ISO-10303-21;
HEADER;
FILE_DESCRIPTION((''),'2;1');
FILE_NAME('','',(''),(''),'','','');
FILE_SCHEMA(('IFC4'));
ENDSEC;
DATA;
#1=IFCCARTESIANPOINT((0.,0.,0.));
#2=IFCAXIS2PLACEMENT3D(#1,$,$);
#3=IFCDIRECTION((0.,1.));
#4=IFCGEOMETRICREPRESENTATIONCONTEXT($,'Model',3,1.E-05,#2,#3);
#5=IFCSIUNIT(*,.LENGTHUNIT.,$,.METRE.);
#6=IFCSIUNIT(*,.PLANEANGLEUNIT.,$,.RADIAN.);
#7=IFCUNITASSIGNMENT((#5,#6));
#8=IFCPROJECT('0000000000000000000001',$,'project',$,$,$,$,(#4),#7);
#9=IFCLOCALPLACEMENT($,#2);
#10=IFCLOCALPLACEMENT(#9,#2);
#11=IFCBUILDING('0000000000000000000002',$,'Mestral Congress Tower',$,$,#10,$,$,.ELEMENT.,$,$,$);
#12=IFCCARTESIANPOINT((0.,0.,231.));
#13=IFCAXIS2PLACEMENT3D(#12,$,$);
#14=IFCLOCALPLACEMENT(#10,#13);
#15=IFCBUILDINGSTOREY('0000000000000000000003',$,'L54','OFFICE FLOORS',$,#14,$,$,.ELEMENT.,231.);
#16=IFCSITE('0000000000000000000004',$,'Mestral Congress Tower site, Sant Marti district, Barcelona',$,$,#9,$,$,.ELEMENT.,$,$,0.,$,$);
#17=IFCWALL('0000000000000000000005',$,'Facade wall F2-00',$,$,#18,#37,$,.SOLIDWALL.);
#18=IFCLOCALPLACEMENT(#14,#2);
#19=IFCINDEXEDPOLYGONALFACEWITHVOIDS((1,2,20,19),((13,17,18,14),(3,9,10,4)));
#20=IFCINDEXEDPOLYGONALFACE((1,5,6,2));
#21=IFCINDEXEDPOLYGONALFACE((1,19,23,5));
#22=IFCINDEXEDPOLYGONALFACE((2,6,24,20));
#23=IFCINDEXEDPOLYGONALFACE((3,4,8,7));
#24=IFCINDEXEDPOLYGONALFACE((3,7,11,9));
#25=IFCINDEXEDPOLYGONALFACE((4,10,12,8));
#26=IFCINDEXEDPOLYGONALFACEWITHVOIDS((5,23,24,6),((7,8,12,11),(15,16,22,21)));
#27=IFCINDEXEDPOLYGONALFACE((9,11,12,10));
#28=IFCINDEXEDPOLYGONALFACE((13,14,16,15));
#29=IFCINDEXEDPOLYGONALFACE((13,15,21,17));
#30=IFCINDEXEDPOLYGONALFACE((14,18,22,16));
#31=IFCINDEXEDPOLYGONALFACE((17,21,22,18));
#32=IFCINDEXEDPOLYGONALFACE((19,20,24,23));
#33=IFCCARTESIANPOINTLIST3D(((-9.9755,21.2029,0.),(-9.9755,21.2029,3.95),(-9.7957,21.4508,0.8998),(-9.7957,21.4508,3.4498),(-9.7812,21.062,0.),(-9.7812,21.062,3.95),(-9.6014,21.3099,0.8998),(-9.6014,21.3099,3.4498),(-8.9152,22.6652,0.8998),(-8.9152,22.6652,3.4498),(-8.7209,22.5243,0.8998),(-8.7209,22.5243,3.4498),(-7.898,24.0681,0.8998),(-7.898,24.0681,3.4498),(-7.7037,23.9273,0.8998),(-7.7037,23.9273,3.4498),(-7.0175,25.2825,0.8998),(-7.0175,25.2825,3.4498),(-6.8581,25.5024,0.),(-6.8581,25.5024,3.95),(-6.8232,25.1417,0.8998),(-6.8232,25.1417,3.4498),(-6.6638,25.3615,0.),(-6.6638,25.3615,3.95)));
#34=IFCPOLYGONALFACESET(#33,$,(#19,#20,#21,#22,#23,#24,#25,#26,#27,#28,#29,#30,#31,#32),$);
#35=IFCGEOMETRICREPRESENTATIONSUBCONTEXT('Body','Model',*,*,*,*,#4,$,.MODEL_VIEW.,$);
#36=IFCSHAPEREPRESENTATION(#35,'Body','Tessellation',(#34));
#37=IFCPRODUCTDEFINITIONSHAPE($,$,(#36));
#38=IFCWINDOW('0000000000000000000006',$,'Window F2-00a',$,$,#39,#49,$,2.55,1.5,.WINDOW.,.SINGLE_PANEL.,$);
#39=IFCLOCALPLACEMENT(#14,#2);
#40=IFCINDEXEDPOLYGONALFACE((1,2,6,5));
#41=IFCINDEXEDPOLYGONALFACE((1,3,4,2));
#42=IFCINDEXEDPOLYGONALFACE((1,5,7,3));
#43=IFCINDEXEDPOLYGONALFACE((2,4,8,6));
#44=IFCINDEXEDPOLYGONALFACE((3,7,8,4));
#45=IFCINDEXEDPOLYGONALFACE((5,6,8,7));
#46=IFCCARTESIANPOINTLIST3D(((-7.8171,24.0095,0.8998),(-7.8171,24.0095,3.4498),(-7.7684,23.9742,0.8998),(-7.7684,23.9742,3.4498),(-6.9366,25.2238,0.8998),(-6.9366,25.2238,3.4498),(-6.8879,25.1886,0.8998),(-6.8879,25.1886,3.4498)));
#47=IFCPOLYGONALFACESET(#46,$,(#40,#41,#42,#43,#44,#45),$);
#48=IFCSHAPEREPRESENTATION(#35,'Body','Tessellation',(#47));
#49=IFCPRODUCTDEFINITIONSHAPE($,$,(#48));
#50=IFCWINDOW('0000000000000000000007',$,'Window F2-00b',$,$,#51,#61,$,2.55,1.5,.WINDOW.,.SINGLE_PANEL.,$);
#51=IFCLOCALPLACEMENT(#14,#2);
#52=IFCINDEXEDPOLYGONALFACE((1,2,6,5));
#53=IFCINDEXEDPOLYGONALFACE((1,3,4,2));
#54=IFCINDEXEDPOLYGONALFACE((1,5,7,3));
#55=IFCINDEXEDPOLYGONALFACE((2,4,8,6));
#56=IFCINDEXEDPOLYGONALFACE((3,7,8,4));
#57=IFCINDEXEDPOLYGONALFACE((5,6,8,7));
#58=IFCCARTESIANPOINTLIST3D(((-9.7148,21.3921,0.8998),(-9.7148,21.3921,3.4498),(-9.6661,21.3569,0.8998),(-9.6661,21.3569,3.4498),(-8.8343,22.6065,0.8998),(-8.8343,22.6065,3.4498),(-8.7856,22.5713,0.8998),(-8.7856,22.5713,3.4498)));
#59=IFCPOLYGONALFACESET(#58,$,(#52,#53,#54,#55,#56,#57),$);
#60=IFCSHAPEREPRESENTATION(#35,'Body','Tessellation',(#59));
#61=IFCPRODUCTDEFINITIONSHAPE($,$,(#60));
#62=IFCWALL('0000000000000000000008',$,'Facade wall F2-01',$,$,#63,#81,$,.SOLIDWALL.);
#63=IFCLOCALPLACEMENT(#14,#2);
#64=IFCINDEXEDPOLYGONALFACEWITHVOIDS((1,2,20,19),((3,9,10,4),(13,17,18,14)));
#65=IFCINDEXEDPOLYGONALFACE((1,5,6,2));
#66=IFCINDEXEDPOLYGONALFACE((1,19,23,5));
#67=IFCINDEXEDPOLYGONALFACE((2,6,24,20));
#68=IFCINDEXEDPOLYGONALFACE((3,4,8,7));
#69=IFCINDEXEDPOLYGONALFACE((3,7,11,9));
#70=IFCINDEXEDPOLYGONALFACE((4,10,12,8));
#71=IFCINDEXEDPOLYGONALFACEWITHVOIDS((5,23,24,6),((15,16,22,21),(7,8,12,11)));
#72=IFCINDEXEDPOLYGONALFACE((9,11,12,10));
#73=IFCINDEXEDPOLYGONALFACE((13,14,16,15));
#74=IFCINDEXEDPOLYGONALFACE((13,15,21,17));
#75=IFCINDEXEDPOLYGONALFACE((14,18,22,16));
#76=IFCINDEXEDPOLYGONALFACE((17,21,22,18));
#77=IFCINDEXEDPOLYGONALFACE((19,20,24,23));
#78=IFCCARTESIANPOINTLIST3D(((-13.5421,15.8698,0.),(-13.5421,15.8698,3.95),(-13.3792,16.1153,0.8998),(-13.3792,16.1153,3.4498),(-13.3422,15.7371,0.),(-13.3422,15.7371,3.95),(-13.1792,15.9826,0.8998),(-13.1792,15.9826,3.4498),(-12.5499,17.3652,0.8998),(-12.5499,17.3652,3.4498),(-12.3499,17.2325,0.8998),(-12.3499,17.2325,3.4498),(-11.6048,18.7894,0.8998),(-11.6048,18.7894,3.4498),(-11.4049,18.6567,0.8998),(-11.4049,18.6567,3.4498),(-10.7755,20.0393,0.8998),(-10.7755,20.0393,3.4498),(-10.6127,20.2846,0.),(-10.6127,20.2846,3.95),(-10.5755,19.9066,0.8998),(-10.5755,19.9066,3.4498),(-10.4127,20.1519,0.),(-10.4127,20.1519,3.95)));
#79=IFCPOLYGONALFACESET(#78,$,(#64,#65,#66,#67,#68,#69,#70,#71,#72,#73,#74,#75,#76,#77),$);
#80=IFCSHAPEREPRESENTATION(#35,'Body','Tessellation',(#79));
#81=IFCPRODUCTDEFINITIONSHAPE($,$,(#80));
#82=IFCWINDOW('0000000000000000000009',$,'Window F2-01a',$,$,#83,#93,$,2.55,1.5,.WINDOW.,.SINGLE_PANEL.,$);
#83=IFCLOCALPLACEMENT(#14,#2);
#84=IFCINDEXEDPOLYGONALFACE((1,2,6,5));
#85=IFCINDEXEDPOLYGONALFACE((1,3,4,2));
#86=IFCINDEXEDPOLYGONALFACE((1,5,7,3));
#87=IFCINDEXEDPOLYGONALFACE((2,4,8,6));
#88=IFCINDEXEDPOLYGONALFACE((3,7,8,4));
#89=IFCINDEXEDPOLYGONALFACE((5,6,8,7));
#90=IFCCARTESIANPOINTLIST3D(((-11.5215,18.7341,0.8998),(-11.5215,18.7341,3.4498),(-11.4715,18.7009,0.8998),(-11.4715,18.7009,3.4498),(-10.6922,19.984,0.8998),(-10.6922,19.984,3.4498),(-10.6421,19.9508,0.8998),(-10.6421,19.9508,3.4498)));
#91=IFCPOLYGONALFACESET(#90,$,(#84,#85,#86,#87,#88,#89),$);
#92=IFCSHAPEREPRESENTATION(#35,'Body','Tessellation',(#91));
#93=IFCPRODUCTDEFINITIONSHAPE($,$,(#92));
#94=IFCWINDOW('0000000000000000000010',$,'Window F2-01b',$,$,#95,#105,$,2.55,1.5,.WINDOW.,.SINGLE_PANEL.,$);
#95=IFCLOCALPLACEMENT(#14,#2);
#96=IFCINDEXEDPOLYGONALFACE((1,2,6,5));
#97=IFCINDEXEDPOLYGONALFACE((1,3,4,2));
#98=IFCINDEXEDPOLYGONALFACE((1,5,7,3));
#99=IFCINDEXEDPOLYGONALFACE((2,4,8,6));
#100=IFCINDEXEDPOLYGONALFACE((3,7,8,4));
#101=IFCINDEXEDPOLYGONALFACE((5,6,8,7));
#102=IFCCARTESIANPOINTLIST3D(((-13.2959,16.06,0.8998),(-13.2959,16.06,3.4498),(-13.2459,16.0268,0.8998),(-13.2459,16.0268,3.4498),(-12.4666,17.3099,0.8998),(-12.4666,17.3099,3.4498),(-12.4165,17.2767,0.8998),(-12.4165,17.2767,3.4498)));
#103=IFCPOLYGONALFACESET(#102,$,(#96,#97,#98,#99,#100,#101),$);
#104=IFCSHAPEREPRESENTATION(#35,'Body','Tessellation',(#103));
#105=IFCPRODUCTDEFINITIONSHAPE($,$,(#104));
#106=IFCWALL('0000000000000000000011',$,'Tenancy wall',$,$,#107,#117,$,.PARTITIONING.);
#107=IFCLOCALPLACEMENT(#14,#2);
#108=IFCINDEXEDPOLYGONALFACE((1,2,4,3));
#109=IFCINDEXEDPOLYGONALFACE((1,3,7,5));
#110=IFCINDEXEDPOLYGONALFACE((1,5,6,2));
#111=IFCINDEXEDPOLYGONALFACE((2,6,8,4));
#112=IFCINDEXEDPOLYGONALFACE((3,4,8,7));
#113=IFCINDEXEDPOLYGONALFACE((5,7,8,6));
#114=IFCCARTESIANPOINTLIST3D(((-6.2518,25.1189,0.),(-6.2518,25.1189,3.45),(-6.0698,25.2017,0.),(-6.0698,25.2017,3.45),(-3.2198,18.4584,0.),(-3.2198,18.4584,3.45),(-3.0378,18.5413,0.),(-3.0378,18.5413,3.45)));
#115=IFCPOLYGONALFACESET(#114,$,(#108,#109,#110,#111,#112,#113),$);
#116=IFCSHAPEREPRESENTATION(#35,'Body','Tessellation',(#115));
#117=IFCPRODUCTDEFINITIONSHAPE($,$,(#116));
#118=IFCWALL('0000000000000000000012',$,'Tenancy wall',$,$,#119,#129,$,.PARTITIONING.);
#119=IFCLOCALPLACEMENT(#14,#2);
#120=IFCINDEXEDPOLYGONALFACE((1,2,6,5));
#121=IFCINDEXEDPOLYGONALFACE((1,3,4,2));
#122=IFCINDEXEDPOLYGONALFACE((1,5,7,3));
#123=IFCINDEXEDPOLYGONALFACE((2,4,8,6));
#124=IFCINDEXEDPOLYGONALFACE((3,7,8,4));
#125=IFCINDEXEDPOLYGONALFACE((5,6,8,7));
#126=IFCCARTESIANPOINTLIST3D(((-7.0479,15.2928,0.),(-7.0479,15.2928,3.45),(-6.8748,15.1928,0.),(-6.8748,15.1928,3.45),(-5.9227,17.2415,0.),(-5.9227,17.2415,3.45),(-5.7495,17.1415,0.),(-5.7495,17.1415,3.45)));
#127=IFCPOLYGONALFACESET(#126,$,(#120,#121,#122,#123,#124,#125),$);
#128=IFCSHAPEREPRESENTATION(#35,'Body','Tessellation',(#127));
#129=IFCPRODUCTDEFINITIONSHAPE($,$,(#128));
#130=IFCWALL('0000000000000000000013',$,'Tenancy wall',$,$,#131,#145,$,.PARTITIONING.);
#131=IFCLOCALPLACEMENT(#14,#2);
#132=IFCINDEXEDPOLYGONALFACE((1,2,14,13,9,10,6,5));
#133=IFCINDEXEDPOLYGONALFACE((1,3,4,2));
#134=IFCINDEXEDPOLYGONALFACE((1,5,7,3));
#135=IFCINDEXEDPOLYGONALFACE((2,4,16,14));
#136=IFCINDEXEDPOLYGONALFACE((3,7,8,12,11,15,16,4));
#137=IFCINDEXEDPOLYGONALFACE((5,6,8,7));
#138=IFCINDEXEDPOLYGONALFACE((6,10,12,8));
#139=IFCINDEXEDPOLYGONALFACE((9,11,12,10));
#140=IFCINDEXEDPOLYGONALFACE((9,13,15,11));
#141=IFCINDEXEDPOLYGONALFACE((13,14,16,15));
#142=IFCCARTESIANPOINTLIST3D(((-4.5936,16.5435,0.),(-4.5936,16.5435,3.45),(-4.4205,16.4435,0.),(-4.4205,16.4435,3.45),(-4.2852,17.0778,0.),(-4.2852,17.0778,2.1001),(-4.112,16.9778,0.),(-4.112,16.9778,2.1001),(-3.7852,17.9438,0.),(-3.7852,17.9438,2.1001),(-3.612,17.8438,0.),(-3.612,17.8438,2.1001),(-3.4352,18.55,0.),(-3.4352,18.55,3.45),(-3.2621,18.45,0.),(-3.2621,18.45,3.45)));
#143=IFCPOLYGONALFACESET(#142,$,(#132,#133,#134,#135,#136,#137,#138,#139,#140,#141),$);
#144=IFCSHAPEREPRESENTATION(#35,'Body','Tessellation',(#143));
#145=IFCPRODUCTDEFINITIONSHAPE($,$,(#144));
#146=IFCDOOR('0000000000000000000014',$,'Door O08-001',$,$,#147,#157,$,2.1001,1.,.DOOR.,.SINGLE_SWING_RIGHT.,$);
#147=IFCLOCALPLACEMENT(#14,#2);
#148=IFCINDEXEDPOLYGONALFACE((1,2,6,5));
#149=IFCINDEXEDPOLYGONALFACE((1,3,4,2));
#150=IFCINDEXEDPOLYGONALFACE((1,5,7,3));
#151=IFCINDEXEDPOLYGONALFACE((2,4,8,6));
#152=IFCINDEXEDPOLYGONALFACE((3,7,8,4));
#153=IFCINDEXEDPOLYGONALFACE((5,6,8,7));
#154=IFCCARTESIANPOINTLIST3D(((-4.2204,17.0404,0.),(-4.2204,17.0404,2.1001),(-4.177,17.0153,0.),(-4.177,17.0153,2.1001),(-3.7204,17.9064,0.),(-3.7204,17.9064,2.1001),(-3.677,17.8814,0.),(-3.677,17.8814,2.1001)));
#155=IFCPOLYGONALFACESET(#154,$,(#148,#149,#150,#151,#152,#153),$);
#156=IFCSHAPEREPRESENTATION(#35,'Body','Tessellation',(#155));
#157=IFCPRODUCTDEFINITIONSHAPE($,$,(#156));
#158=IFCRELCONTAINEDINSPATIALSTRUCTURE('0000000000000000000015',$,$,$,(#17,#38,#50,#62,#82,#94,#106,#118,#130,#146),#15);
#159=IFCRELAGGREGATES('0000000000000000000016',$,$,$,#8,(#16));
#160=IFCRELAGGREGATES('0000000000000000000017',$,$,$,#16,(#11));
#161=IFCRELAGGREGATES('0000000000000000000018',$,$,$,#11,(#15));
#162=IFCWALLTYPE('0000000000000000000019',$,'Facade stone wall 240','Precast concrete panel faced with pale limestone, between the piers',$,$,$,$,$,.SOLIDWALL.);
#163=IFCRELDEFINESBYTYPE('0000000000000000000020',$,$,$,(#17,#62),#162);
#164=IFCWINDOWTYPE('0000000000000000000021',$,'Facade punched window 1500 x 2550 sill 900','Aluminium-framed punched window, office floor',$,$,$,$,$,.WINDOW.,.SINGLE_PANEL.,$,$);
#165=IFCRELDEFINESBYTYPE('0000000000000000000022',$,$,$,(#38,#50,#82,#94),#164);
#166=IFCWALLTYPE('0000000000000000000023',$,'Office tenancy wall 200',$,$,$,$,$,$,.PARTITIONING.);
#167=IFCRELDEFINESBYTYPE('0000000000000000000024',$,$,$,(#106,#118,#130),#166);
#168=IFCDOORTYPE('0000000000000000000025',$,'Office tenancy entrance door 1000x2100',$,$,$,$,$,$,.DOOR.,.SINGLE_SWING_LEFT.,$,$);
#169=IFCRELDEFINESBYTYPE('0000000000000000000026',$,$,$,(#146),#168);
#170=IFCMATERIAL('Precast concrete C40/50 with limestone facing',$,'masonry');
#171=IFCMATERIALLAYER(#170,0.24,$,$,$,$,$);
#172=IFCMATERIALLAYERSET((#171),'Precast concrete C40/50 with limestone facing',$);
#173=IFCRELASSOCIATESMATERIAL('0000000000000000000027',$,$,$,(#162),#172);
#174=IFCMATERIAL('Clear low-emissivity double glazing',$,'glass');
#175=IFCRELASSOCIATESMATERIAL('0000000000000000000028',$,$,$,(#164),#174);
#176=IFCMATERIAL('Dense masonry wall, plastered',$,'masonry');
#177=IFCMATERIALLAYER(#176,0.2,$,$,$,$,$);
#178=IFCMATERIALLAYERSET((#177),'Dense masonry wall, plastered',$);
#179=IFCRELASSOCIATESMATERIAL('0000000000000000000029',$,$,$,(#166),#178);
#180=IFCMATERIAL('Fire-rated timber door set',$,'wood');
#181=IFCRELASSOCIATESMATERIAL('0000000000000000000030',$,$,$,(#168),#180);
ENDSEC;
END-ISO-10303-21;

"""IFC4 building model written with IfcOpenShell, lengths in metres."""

from ifc_helpers import new_model, si_unit, direction, frame, frame_2d, origin, place, context, subcontext, project, spatial, rectangle, extrude, material, layer, layer_set, type_object, element, fill, save


model = new_model("IFC4")

# Units and contexts
model_context = context("Model", 3, precision=1e-05, world=origin(), true_north=direction((0.0, 1.0)))
body_context = subcontext(model_context, "Body", "Model", "MODEL_VIEW")
ifc_project = project(units=[si_unit("LENGTHUNIT", "METRE"), si_unit("PLANEANGLEUNIT", "RADIAN")], contexts=[model_context])

# Site, building, storey
site_placement = place(None, origin())
site = spatial("IfcSite", under=ifc_project, at=site_placement, Name="Mestral Congress Tower site, Sant Marti district, Barcelona", CompositionType="ELEMENT", RefElevation=0.0)
building_placement = place(site_placement, origin())
building = spatial("IfcBuilding", under=site, at=building_placement, Name="Mestral Congress Tower", CompositionType="ELEMENT")
storey_placement = place(building_placement, frame((0.0, 0.0, 231.0)))
storey = spatial("IfcBuildingStorey", under=building, at=storey_placement, Name="L54", Description="OFFICE FLOORS", CompositionType="ELEMENT", Elevation=231.0)

# Shared definitions
ifc_material_1 = material(Name="Precast concrete C40/50 with limestone facing", Category="masonry")
ifc_layer_1 = layer(ifc_material_1, 0.24)
ifc_layer_set_1 = layer_set([ifc_layer_1], Name="Precast concrete C40/50 with limestone facing")
wall_type_1 = type_object("IfcWallType", Name="Facade stone wall 240", Description="Precast concrete panel faced with pale limestone, between the piers", PredefinedType="SOLIDWALL", material=ifc_layer_set_1)
ifc_material_2 = material(Name="Clear low-emissivity double glazing", Category="glass")

# Walls, openings, windows
wall_1_placement = place(storey_placement, frame((-6.761, 25.4319, 0.0), z_axis=(0.0, 0.0, 1.0), x_axis=(-0.586998, -0.809588, 0.0)))
wall_1 = element("IfcWall", 1, at=wall_1_placement, inside=storey, type_object=wall_type_1, Name="Facade wall F2-00", PredefinedType="SOLIDWALL", context=body_context, shape_type="SweptSolid", body=[
    extrude(rectangle(XDim=5.3108, YDim=0.24, at=frame_2d((2.6553, 0.0))), origin(), (0.0, 0.0, 1.0), 3.95),
])
opening_1_placement = place(wall_1_placement, frame((0.2715, 0.0, 0.8999)))
opening_1 = element("IfcOpeningElement", 2, at=opening_1_placement, cuts=wall_1, PredefinedType="OPENING", context=body_context, shape_type="SweptSolid", body=[
    extrude(rectangle(XDim=1.5, YDim=2.55, at=frame_2d((0.75, 1.2749))), frame((0.0, 0.1299, 0.0), z_axis=(0.0, -1.0, 0.0), x_axis=(1.0, 0.0, 0.0)), (0.0, 0.0, 1.0), 0.26),
])
opening_2_placement = place(wall_1_placement, frame((3.5044, 0.0, 0.8999)))
opening_2 = element("IfcOpeningElement", 3, at=opening_2_placement, cuts=wall_1, PredefinedType="OPENING", context=body_context, shape_type="SweptSolid", body=[
    extrude(rectangle(XDim=1.5, YDim=2.55, at=frame_2d((0.75, 1.2749))), frame((0.0, 0.1299, 0.0), z_axis=(0.0, -1.0, 0.0), x_axis=(1.0, 0.0, 0.0)), (0.0, 0.0, 1.0), 0.26),
])
window_type_1 = type_object("IfcWindowType", Name="Facade punched window 1500 x 2550 sill 900", Description="Aluminium-framed punched window, office floor", PartitioningType="SINGLE_PANEL", PredefinedType="WINDOW", material=ifc_material_2)
window_1_placement = place(opening_1_placement, origin())
window_1 = element("IfcWindow", 4, at=window_1_placement, inside=storey, type_object=window_type_1, Name="Window F2-00a", OverallHeight=2.55, OverallWidth=1.5, PartitioningType="SINGLE_PANEL", PredefinedType="WINDOW", context=body_context, shape_type="SweptSolid", body=[
    extrude(rectangle(XDim=1.5, YDim=2.55, at=frame_2d((0.75, 1.2749))), frame((0.0, 0.04, 0.0), z_axis=(0.0, -1.0, 0.0), x_axis=(1.0, 0.0, 0.0)), (0.0, 0.0, 1.0), 0.0601),
])
fill(opening_1, window_1)
window_2_placement = place(opening_2_placement, origin())
window_2 = element("IfcWindow", 5, at=window_2_placement, inside=storey, type_object=window_type_1, Name="Window F2-00b", OverallHeight=2.55, OverallWidth=1.5, PartitioningType="SINGLE_PANEL", PredefinedType="WINDOW", context=body_context, shape_type="SweptSolid", body=[
    extrude(rectangle(XDim=1.5, YDim=2.55, at=frame_2d((0.75, 1.2749))), frame((0.0, 0.04, 0.0), z_axis=(0.0, -1.0, 0.0), x_axis=(1.0, 0.0, 0.0)), (0.0, 0.0, 1.0), 0.0601),
])
fill(opening_2, window_2)
wall_2_placement = place(storey_placement, frame((-10.5127, 20.2183, 0.0), z_axis=(0.0, 0.0, 1.0), x_axis=(-0.552902, -0.833246, 0.0)))
wall_2 = element("IfcWall", 6, at=wall_2_placement, inside=storey, type_object=wall_type_1, Name="Facade wall F2-01", PredefinedType="SOLIDWALL", context=body_context, shape_type="SweptSolid", body=[
    extrude(rectangle(XDim=5.2983, YDim=0.24, at=frame_2d((2.6492, 0.0))), origin(), (0.0, 0.0, 1.0), 3.95),
])
opening_3_placement = place(wall_2_placement, frame((0.2944, 0.0, 0.8999)))
opening_3 = element("IfcOpeningElement", 7, at=opening_3_placement, cuts=wall_2, PredefinedType="OPENING", context=body_context, shape_type="SweptSolid", body=[
    extrude(rectangle(XDim=1.5, YDim=2.55, at=frame_2d((0.75, 1.2749))), frame((0.0, 0.1299, 0.0), z_axis=(0.0, -1.0, 0.0), x_axis=(1.0, 0.0, 0.0)), (0.0, 0.0, 1.0), 0.26),
])
opening_4_placement = place(wall_2_placement, frame((3.5037, 0.0, 0.8999)))
opening_4 = element("IfcOpeningElement", 8, at=opening_4_placement, cuts=wall_2, PredefinedType="OPENING", context=body_context, shape_type="SweptSolid", body=[
    extrude(rectangle(XDim=1.5, YDim=2.55, at=frame_2d((0.75, 1.2749))), frame((0.0, 0.1299, 0.0), z_axis=(0.0, -1.0, 0.0), x_axis=(1.0, 0.0, 0.0)), (0.0, 0.0, 1.0), 0.26),
])
window_3_placement = place(opening_3_placement, origin())
window_3 = element("IfcWindow", 9, at=window_3_placement, inside=storey, type_object=window_type_1, Name="Window F2-01a", OverallHeight=2.55, OverallWidth=1.5, PartitioningType="SINGLE_PANEL", PredefinedType="WINDOW", context=body_context, shape_type="SweptSolid", body=[
    extrude(rectangle(XDim=1.5, YDim=2.55, at=frame_2d((0.75, 1.2749))), frame((0.0, 0.04, 0.0), z_axis=(0.0, -1.0, 0.0), x_axis=(1.0, 0.0, 0.0)), (0.0, 0.0, 1.0), 0.0601),
])
fill(opening_3, window_3)
window_4_placement = place(opening_4_placement, origin())
window_4 = element("IfcWindow", 10, at=window_4_placement, inside=storey, type_object=window_type_1, Name="Window F2-01b", OverallHeight=2.55, OverallWidth=1.5, PartitioningType="SINGLE_PANEL", PredefinedType="WINDOW", context=body_context, shape_type="SweptSolid", body=[
    extrude(rectangle(XDim=1.5, YDim=2.55, at=frame_2d((0.75, 1.2749))), frame((0.0, 0.04, 0.0), z_axis=(0.0, -1.0, 0.0), x_axis=(1.0, 0.0, 0.0)), (0.0, 0.0, 1.0), 0.0601),
])
fill(opening_4, window_4)

# Walls
ifc_material_3 = material(Name="Dense masonry wall, plastered", Category="masonry")
ifc_layer_2 = layer(ifc_material_3, 0.2)
ifc_layer_set_2 = layer_set([ifc_layer_2], Name="Dense masonry wall, plastered")
wall_type_2 = type_object("IfcWallType", Name="Office tenancy wall 200", PredefinedType="PARTITIONING", material=ifc_layer_set_2)
wall_3_placement = place(storey_placement, frame((-6.1609, 25.1604, 0.0), z_axis=(0.0, 0.0, 1.0), x_axis=(0.414316, -0.910133, 0.0)))
element("IfcWall", 11, at=wall_3_placement, inside=storey, type_object=wall_type_2, Name="Tenancy wall", PredefinedType="PARTITIONING", context=body_context, shape_type="SweptSolid", body=[
    extrude(rectangle(XDim=7.3181, YDim=0.2, at=frame_2d((3.6592, 0.0))), origin(), (0.0, 0.0, 1.0), 3.45),
])
wall_4_placement = place(storey_placement, frame((-5.8362, 17.1914, 0.0), z_axis=(0.0, 0.0, 1.0), x_axis=(-0.500048, -0.865998, 0.0)))
element("IfcWall", 12, at=wall_4_placement, inside=storey, type_object=wall_type_2, Name="Tenancy wall", PredefinedType="PARTITIONING", context=body_context, shape_type="SweptSolid", body=[
    extrude(rectangle(XDim=2.2502, YDim=0.2, at=frame_2d((1.125, 0.0))), origin(), (0.0, 0.0, 1.0), 3.45),
])

# Wall, opening, door
wall_5_placement = place(storey_placement, frame((-3.3486, 18.5, 0.0), z_axis=(0.0, 0.0, 1.0), x_axis=(-0.499981, -0.866036, 0.0)))
wall_5 = element("IfcWall", 13, at=wall_5_placement, inside=storey, type_object=wall_type_2, Name="Tenancy wall", PredefinedType="PARTITIONING", context=body_context, shape_type="SweptSolid", body=[
    extrude(rectangle(XDim=2.3169, YDim=0.2, at=frame_2d((1.1584, 0.0))), origin(), (0.0, 0.0, 1.0), 3.45),
])
opening_5_placement = place(wall_5_placement, frame((0.7, 0.0, 0.0)))
opening_5 = element("IfcOpeningElement", 14, at=opening_5_placement, cuts=wall_5, PredefinedType="OPENING", context=body_context, shape_type="SweptSolid", body=[
    extrude(rectangle(XDim=1.0, YDim=2.1001, at=frame_2d((0.5, 1.05))), frame((0.0, 0.1099, 0.0), z_axis=(0.0, -1.0, 0.0), x_axis=(1.0, 0.0, 0.0)), (0.0, 0.0, 1.0), 0.22),
])
ifc_material_4 = material(Name="Fire-rated timber door set", Category="wood")
door_type = type_object("IfcDoorType", Name="Office tenancy entrance door 1000x2100", OperationType="SINGLE_SWING_LEFT", PredefinedType="DOOR", material=ifc_material_4)
door_placement = place(opening_5_placement, origin())
door = element("IfcDoor", 15, at=door_placement, inside=storey, type_object=door_type, Name="Door O08-001", OperationType="SINGLE_SWING_RIGHT", OverallHeight=2.1001, OverallWidth=1.0, PredefinedType="DOOR", context=body_context, shape_type="SweptSolid", body=[
    extrude(rectangle(XDim=1.0, YDim=2.1001, at=frame_2d((0.5, 1.05))), frame((0.0, 0.0249, 0.0), z_axis=(0.0, -1.0, 0.0), x_axis=(1.0, 0.0, 0.0)), (0.0, 0.0, 1.0), 0.05),
])
fill(opening_5, door)

save(model, "model.ifc")
